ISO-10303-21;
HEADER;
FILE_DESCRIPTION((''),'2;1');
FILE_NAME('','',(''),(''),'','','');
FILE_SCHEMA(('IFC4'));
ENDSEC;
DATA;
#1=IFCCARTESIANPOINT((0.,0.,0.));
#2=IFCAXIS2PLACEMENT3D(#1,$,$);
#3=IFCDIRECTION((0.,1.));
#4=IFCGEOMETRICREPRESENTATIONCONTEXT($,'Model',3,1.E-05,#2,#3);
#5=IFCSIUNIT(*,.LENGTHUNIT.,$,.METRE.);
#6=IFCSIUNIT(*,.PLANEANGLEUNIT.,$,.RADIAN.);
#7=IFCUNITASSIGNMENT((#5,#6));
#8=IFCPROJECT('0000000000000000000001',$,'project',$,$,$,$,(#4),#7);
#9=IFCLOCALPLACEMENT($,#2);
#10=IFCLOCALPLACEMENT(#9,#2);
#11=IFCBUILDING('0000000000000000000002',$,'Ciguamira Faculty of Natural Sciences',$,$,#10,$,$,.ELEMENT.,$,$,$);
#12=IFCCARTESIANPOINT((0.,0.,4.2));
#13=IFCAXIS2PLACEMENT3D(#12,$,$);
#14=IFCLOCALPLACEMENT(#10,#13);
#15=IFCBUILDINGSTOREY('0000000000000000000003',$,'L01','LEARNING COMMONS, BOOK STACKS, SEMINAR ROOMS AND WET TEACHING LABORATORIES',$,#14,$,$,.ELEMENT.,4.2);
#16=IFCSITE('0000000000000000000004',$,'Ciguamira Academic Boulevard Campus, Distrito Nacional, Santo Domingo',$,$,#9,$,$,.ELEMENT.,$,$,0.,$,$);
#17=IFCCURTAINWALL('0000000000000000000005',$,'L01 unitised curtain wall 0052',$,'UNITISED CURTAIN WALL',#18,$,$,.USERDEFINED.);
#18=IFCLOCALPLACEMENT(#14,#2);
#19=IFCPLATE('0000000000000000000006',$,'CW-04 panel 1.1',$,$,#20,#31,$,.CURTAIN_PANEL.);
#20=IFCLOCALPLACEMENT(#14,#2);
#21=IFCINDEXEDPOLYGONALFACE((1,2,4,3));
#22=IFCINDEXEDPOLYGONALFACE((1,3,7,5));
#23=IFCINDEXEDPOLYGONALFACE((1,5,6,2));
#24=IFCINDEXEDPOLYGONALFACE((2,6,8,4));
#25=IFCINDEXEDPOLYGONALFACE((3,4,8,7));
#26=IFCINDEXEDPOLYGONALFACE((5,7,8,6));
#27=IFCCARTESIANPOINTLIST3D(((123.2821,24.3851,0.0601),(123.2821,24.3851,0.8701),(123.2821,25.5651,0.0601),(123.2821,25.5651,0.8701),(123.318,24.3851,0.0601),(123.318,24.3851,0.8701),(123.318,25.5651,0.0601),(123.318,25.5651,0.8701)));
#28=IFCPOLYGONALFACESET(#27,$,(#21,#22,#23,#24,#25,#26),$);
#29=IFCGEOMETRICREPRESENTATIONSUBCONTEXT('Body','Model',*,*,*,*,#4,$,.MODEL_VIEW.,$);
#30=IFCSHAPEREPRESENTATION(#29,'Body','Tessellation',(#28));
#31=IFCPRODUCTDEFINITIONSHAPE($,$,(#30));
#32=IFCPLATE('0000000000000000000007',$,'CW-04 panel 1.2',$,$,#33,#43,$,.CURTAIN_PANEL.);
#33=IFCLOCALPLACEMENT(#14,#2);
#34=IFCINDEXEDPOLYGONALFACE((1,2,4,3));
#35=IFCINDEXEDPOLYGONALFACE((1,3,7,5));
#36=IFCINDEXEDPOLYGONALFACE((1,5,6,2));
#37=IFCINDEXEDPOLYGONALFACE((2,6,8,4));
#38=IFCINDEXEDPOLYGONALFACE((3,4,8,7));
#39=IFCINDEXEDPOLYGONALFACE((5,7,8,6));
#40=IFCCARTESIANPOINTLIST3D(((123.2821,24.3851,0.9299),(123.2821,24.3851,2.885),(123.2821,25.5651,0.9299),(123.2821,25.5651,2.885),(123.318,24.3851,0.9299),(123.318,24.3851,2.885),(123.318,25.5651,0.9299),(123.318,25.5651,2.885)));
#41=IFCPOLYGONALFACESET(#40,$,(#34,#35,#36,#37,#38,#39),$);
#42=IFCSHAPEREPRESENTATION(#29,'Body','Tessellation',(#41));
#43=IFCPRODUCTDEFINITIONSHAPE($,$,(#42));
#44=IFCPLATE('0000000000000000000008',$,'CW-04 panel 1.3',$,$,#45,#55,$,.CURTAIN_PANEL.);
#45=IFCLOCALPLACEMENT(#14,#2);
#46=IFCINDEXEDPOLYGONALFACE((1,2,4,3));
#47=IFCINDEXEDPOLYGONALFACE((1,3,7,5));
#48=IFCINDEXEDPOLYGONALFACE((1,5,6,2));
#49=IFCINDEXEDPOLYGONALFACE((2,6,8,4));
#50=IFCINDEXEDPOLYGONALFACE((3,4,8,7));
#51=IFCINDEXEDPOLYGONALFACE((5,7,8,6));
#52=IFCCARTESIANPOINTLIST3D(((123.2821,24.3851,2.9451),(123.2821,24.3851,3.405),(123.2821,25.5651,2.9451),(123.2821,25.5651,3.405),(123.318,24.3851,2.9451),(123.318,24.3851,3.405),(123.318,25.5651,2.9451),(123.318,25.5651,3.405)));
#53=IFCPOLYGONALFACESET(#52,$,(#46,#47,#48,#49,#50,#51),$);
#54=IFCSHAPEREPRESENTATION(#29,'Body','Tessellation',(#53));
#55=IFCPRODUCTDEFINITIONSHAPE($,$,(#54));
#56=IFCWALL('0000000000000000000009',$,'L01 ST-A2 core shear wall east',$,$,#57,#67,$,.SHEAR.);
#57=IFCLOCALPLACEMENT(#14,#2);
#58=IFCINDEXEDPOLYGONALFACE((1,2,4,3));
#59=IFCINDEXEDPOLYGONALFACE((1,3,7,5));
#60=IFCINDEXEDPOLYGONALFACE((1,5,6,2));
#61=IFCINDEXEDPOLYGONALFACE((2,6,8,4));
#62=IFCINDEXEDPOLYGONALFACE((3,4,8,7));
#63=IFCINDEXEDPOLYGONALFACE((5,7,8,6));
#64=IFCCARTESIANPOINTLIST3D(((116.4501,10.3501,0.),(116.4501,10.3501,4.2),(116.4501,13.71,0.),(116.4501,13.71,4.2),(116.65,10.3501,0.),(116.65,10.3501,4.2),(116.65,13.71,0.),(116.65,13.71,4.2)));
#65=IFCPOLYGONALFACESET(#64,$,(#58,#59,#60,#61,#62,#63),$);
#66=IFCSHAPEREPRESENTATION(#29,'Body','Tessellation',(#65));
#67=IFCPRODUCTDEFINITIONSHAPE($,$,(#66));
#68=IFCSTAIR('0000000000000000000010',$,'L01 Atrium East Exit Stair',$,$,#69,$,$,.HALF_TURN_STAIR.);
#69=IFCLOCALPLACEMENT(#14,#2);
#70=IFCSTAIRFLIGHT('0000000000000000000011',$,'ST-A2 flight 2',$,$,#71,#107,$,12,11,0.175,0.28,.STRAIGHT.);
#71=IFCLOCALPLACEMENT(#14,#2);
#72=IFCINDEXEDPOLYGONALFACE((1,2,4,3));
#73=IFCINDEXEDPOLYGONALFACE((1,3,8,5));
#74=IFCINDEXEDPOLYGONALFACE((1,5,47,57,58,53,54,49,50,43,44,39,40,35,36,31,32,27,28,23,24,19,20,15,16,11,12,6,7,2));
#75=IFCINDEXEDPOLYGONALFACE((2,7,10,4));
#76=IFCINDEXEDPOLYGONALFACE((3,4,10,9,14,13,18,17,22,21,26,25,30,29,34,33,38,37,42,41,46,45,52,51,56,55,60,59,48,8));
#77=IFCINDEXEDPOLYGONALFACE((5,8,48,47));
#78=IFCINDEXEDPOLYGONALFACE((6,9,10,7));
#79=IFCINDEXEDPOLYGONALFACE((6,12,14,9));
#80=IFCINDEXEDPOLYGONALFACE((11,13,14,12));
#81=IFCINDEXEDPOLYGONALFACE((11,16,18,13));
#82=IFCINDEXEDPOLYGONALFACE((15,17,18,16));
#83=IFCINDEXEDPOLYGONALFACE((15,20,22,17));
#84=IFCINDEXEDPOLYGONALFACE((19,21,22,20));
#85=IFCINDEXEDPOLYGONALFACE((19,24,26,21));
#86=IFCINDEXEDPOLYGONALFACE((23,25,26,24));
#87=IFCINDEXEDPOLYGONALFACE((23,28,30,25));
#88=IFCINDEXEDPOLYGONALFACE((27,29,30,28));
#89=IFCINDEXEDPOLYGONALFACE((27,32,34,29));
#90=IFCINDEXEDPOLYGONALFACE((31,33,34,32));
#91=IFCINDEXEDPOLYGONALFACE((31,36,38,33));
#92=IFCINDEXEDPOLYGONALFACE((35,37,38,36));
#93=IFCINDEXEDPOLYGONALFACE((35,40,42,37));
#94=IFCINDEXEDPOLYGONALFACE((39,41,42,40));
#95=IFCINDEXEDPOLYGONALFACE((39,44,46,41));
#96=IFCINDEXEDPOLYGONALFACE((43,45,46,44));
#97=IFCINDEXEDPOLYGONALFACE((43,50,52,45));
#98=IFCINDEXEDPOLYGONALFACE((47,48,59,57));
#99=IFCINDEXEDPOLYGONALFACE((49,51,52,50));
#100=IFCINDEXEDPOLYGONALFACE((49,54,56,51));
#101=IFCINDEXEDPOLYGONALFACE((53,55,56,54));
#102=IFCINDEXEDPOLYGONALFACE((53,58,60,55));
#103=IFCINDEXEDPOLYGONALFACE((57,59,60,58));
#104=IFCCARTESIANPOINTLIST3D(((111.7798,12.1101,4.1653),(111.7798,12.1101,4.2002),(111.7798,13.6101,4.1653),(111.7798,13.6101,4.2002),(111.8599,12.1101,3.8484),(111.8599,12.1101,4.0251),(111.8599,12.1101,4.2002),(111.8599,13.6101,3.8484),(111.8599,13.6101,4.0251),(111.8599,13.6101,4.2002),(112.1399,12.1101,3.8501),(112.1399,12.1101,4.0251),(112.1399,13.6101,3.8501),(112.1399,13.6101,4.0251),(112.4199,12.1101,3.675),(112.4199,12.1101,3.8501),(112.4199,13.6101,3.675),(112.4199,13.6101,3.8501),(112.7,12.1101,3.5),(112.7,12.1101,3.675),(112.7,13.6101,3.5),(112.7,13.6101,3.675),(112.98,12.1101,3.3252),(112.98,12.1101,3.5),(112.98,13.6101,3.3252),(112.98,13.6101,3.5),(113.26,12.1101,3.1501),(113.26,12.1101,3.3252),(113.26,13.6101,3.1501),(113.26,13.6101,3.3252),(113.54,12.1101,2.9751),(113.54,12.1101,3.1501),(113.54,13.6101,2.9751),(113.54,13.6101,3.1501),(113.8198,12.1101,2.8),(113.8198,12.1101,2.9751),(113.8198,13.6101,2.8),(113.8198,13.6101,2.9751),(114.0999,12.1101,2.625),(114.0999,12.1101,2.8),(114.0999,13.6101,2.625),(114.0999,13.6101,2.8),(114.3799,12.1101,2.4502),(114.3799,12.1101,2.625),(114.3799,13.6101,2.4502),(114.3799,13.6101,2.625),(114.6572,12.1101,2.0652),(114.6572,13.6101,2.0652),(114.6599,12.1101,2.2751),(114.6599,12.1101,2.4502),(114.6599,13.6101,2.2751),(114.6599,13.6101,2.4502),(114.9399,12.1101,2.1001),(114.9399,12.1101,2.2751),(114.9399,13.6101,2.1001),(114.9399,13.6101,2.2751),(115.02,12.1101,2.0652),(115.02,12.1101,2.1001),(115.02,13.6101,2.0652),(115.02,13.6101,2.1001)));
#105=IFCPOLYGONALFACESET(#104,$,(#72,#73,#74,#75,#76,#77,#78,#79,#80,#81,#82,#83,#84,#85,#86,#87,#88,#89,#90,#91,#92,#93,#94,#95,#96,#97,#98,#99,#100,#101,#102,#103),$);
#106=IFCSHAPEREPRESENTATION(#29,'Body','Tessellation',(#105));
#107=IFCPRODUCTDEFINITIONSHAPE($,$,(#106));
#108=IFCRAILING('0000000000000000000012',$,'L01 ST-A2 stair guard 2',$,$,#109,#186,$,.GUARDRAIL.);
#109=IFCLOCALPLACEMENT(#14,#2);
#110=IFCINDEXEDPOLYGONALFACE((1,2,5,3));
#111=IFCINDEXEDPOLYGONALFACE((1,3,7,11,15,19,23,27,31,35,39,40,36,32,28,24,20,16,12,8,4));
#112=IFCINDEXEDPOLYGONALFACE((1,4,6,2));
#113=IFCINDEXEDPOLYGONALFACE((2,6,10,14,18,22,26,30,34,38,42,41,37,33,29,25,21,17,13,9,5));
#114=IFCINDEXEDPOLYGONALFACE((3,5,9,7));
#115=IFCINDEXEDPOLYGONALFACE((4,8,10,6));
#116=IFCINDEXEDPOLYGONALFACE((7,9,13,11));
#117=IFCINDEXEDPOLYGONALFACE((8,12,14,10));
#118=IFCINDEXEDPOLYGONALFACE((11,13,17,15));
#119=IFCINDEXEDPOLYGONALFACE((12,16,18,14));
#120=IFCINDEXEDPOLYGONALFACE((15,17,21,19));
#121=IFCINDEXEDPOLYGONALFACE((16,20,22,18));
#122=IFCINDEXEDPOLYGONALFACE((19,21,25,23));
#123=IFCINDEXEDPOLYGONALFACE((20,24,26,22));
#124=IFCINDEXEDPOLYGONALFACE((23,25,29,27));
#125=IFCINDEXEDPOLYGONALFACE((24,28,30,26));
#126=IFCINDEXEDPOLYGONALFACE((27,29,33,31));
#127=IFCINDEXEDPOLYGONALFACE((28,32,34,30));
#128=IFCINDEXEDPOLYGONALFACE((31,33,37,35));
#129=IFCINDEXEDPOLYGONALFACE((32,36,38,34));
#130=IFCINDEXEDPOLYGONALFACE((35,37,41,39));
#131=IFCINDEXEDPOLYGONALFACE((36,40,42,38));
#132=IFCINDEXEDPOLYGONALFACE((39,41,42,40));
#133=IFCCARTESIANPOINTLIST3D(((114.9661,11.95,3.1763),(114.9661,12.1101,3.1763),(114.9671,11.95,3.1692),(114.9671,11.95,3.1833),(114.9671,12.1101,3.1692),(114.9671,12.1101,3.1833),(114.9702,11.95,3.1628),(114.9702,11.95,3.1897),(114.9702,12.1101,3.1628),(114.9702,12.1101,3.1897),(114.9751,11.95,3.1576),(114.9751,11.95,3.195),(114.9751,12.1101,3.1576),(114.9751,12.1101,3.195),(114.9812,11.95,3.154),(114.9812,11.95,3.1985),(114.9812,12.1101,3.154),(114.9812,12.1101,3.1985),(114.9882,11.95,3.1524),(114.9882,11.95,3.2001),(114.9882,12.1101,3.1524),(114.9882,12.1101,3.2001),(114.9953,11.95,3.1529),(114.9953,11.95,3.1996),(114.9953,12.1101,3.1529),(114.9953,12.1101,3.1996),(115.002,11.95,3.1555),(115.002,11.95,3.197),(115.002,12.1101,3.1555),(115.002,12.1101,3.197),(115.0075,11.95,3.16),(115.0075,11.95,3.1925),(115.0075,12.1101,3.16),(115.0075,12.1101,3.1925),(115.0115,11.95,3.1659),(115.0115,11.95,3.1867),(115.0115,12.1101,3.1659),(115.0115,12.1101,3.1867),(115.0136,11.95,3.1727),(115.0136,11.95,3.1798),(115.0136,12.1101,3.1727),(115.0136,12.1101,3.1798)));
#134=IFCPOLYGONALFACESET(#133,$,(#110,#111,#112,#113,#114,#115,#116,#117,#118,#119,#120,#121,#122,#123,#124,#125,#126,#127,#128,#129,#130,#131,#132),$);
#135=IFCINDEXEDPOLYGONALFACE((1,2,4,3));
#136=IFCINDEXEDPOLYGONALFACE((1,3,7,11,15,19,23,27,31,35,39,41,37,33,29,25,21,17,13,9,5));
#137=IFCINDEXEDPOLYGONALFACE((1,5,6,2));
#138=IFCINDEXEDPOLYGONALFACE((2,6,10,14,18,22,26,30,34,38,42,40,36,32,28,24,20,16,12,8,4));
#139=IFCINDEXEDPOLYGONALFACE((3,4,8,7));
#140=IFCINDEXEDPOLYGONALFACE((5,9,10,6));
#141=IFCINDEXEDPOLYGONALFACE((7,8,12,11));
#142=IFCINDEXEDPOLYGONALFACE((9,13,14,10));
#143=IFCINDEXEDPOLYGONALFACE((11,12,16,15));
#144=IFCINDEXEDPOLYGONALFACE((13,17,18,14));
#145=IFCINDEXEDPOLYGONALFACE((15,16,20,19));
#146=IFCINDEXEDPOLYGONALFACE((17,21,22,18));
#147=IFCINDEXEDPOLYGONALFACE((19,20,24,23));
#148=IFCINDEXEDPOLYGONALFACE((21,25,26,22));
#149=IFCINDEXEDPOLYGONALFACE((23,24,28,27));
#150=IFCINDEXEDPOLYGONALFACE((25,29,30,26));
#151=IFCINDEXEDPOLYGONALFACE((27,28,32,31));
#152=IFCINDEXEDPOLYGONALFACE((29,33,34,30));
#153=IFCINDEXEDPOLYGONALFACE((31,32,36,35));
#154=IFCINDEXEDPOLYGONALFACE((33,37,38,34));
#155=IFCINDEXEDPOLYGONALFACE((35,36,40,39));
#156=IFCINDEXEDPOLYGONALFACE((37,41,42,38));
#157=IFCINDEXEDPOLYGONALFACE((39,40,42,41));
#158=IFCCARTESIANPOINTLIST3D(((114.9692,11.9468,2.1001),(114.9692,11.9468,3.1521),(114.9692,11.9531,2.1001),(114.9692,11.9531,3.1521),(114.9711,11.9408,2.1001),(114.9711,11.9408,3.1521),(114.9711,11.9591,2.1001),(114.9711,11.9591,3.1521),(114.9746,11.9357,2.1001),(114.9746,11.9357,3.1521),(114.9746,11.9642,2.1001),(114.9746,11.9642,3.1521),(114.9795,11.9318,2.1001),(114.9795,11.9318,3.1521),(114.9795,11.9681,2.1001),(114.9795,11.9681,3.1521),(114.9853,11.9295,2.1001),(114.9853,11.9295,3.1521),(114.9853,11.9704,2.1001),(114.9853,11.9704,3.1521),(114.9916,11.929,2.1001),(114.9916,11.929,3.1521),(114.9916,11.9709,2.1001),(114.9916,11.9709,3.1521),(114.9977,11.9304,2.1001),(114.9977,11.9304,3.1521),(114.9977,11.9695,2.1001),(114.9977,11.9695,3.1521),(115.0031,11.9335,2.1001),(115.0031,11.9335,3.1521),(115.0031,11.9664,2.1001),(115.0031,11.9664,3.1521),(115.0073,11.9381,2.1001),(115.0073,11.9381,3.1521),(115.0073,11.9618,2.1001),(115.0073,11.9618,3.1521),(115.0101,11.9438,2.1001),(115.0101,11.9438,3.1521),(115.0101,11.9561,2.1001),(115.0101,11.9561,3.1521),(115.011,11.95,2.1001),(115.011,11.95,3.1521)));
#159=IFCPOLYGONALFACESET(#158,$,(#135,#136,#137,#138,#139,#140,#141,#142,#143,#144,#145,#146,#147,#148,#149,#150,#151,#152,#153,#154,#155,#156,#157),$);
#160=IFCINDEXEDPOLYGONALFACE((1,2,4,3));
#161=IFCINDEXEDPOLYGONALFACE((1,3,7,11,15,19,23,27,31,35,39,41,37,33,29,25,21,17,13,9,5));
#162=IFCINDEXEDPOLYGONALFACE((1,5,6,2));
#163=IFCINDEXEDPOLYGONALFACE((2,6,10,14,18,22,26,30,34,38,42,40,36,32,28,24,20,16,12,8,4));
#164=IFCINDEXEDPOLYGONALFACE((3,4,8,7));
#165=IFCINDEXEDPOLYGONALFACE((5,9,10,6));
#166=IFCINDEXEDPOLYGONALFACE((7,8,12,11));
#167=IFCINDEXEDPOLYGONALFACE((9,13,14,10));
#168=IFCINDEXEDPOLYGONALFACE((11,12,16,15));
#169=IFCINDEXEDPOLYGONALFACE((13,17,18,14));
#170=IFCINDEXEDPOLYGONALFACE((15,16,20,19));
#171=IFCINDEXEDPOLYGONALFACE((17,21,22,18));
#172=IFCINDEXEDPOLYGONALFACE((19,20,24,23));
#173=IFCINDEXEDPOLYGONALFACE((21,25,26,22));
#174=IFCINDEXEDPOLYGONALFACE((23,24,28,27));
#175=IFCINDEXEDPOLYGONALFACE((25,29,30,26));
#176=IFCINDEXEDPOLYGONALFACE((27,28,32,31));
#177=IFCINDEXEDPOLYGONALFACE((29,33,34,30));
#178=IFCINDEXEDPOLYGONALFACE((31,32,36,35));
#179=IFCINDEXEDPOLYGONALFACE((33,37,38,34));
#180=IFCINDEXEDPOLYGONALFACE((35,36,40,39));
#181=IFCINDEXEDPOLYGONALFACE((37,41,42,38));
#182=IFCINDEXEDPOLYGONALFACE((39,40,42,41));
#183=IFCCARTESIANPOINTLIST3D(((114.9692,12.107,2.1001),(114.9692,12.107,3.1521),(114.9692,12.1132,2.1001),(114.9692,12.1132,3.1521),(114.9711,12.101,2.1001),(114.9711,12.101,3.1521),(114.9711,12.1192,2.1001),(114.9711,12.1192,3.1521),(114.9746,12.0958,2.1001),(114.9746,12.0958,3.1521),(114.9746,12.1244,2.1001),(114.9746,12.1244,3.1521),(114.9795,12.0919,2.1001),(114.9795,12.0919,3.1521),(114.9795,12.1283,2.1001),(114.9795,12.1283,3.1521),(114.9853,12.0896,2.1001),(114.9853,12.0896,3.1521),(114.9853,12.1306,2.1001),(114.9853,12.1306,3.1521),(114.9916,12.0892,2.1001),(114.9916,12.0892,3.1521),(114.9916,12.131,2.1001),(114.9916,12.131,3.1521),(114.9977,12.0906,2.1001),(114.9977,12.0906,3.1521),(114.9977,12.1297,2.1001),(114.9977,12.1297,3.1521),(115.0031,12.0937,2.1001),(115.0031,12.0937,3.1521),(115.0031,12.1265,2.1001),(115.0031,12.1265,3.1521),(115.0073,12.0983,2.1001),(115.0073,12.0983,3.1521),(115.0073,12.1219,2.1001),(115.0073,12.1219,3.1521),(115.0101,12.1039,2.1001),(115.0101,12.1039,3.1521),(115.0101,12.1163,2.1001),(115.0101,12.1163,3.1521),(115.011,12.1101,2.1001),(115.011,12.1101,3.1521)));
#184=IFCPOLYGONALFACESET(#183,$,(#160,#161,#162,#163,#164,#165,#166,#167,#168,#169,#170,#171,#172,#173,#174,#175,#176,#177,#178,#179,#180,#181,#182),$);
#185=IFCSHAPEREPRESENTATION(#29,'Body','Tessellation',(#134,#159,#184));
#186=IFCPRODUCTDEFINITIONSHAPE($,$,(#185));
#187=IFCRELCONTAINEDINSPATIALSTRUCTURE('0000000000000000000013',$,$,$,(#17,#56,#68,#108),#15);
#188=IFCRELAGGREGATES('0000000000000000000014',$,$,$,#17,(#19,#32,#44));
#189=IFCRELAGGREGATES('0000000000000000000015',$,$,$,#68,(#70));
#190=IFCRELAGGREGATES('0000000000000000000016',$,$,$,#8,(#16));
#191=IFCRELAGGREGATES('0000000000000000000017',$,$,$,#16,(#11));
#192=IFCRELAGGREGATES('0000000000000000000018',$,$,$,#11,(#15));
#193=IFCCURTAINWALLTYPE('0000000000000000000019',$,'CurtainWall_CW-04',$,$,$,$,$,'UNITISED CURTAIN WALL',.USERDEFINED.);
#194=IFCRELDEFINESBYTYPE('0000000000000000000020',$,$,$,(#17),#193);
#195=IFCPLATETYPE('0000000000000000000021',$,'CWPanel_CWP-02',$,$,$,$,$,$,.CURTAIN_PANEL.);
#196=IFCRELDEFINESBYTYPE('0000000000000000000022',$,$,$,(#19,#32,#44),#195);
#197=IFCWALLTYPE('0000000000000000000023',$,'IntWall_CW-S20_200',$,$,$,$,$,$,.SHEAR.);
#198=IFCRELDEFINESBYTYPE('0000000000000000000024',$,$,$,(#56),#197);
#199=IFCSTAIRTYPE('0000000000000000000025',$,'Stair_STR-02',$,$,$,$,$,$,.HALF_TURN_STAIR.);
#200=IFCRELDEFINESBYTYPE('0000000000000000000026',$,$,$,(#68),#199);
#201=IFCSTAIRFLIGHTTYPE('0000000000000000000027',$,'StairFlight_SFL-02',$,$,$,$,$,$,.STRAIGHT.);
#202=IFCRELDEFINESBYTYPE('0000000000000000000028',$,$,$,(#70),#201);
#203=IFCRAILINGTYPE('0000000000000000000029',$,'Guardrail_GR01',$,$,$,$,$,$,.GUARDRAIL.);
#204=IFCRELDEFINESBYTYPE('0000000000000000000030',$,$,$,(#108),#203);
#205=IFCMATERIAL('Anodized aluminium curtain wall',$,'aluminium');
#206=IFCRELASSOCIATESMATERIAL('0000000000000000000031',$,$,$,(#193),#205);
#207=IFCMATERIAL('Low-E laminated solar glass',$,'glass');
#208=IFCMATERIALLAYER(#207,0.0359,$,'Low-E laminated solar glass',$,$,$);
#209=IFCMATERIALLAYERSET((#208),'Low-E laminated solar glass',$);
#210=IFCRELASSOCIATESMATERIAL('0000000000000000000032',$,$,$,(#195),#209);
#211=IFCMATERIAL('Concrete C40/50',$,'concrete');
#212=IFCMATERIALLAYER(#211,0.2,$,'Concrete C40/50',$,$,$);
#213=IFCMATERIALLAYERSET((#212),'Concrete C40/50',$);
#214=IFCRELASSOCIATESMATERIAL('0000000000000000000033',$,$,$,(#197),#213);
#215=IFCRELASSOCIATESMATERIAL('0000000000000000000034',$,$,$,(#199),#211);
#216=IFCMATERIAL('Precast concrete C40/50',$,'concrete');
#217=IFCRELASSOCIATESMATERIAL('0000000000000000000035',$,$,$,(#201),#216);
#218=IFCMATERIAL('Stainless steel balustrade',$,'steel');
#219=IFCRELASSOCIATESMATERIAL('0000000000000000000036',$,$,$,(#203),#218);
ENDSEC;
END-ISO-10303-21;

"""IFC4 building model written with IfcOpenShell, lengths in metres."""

from ifc_helpers import new_model, si_unit, direction, frame, frame_2d, origin, origin_2d, place, context, subcontext, project, spatial, polyline, rectangle, circle, outline, extrude, material, layer, layer_set, type_object, element, aggregate, save


model = new_model("IFC4")

# Units and contexts
model_context = context("Model", 3, precision=1e-05, world=origin(), true_north=direction((0.0, 1.0)))
body_context = subcontext(model_context, "Body", "Model", "MODEL_VIEW")
ifc_project = project(units=[si_unit("LENGTHUNIT", "METRE"), si_unit("PLANEANGLEUNIT", "RADIAN")], contexts=[model_context])

# Site, building, storey
site_placement = place(None, origin())
site = spatial("IfcSite", under=ifc_project, at=site_placement, Name="Ciguamira Academic Boulevard Campus, Distrito Nacional, Santo Domingo", CompositionType="ELEMENT", RefElevation=0.0)
building_placement = place(site_placement, origin())
building = spatial("IfcBuilding", under=site, at=building_placement, Name="Ciguamira Faculty of Natural Sciences", CompositionType="ELEMENT")
storey_placement = place(building_placement, frame((0.0, 0.0, 4.2)))
storey = spatial("IfcBuildingStorey", under=building, at=storey_placement, Name="L01", Description="LEARNING COMMONS, BOOK STACKS, SEMINAR ROOMS AND WET TEACHING LABORATORIES", CompositionType="ELEMENT", Elevation=4.2)

# Shared definitions
ifc_material_1 = material(Name="Concrete C40/50", Category="concrete")

# Curtain wall
ifc_material_2 = material(Name="Anodized aluminium curtain wall", Category="aluminium")
curtain_wall_type_1 = type_object("IfcCurtainWallType", Name="CurtainWall_CW-04", ElementType="UNITISED CURTAIN WALL", PredefinedType="USERDEFINED", material=ifc_material_2)
curtain_wall_1_placement = place(storey_placement, origin())
curtain_wall_1 = element("IfcCurtainWall", 1, at=curtain_wall_1_placement, inside=storey, type_object=curtain_wall_type_1, Name="L01 unitised curtain wall 0052", ObjectType="UNITISED CURTAIN WALL", PredefinedType="USERDEFINED")

# Shared definitions
ifc_material_3 = material(Name="Precast concrete C40/50", Category="concrete")

# Plates
ifc_material_4 = material(Name="Low-E laminated solar glass", Category="glass")
ifc_layer_1 = layer(ifc_material_4, 0.0359, Name="Low-E laminated solar glass")
ifc_layer_set_1 = layer_set([ifc_layer_1], Name="Low-E laminated solar glass")
plate_type_1 = type_object("IfcPlateType", Name="CWPanel_CWP-02", PredefinedType="CURTAIN_PANEL", material=ifc_layer_set_1)
plate_1_placement = place(storey_placement, frame((123.3, 24.9751, 0.0601), z_axis=(0.0, 0.0, 1.0), x_axis=(0.0, 1.0, 0.0)))
plate_1 = element("IfcPlate", 2, at=plate_1_placement, type_object=plate_type_1, Name="CW-04 panel 1.1", PredefinedType="CURTAIN_PANEL", context=body_context, shape_type="SweptSolid", body=[
    extrude(rectangle(XDim=1.1799, YDim=0.0359, at=origin_2d()), origin(), (0.0, 0.0, 1.0), 0.8101),
])
plate_2_placement = place(storey_placement, frame((123.3, 24.9751, 0.9299), z_axis=(0.0, 0.0, 1.0), x_axis=(0.0, 1.0, 0.0)))
plate_2 = element("IfcPlate", 3, at=plate_2_placement, type_object=plate_type_1, Name="CW-04 panel 1.2", PredefinedType="CURTAIN_PANEL", context=body_context, shape_type="SweptSolid", body=[
    extrude(rectangle(XDim=1.1799, YDim=0.0359, at=origin_2d()), origin(), (0.0, 0.0, 1.0), 1.9551),
])
plate_3_placement = place(storey_placement, frame((123.3, 24.9751, 2.9451), z_axis=(0.0, 0.0, 1.0), x_axis=(0.0, 1.0, 0.0)))
plate_3 = element("IfcPlate", 4, at=plate_3_placement, type_object=plate_type_1, Name="CW-04 panel 1.3", PredefinedType="CURTAIN_PANEL", context=body_context, shape_type="SweptSolid", body=[
    extrude(rectangle(XDim=1.1799, YDim=0.0359, at=origin_2d()), origin(), (0.0, 0.0, 1.0), 0.46),
])
aggregate(curtain_wall_1, [plate_1, plate_2, plate_3])

# Wall
ifc_layer_2 = layer(ifc_material_1, 0.2, Name="Concrete C40/50")
ifc_layer_set_2 = layer_set([ifc_layer_2], Name="Concrete C40/50")
wall_type = type_object("IfcWallType", Name="IntWall_CW-S20_200", PredefinedType="SHEAR", material=ifc_layer_set_2)
wall_placement = place(storey_placement, frame((116.55, 10.3501, 0.0), z_axis=(0.0, 0.0, 1.0), x_axis=(0.0, 1.0, 0.0)))
element("IfcWall", 5, at=wall_placement, inside=storey, type_object=wall_type, Name="L01 ST-A2 core shear wall east", PredefinedType="SHEAR", context=body_context, shape_type="SweptSolid", body=[
    extrude(rectangle(XDim=3.3599, YDim=0.2, at=frame_2d((1.6799, 0.0))), origin(), (0.0, 0.0, 1.0), 4.2),
])

# Stair, stair flight
stair_type = type_object("IfcStairType", Name="Stair_STR-02", PredefinedType="HALF_TURN_STAIR", material=ifc_material_1)
stair_placement = place(storey_placement, origin())
stair = element("IfcStair", 6, at=stair_placement, inside=storey, type_object=stair_type, Name="L01 Atrium East Exit Stair", PredefinedType="HALF_TURN_STAIR")
stair_flight_type = type_object("IfcStairFlightType", Name="StairFlight_SFL-02", PredefinedType="STRAIGHT", material=ifc_material_3)
stair_flight_placement = place(storey_placement, frame((114.9399, 12.8601, 2.1001), z_axis=(0.0, 0.0, 1.0), x_axis=(-1.0, 0.0, 0.0)))
stair_flight = element("IfcStairFlight", 7, at=stair_flight_placement, type_object=stair_flight_type, Name="ST-A2 flight 2", NumberOfRisers=12, NumberOfTreads=11, PredefinedType="STRAIGHT", RiserHeight=0.175, TreadLength=0.28, context=body_context, shape_type="SweptSolid", body=[
    extrude(outline(polyline([(-0.0801, -0.0349), (-0.0801, 0.0), (0.0, 0.0), (0.0, 0.175), (0.28, 0.175), (0.28, 0.3501), (0.5601, 0.3501), (0.5601, 0.5249), (0.8401, 0.5249), (0.8401, 0.7), (1.1201, 0.7), (1.1201, 0.875), (1.3999, 0.875), (1.3999, 1.05), (1.6799, 1.05), (1.6799, 1.2251), (1.96, 1.2251), (1.96, 1.3999), (2.24, 1.3999), (2.24, 1.575), (2.52, 1.575), (2.52, 1.75), (2.8, 1.75), (2.8, 1.925), (3.0801, 1.925), (3.0801, 2.1001), (3.1602, 2.1001), (3.1602, 2.0652), (3.0801, 1.7483), (0.2827, -0.0349), (-0.0801, -0.0349)])), frame((0.0, 0.75, 0.0), z_axis=(0.0, -1.0, 0.0), x_axis=(1.0, 0.0, 0.0)), (0.0, 0.0, 1.0), 1.5),
])
aggregate(stair, [stair_flight])

# Railing
ifc_material_5 = material(Name="Stainless steel balustrade", Category="steel")
railing_type_1 = type_object("IfcRailingType", Name="Guardrail_GR01", PredefinedType="GUARDRAIL", material=ifc_material_5)
railing_1_placement = place(storey_placement, frame((114.99, 11.95, 2.1001)))
element("IfcRailing", 8, at=railing_1_placement, inside=storey, type_object=railing_type_1, Name="L01 ST-A2 stair guard 2", PredefinedType="GUARDRAIL", context=body_context, shape_type="SweptSolid", body=[
    extrude(circle(Radius=0.0239, at=origin_2d()), frame((0.0, 0.0, 1.0762), z_axis=(0.0, 1.0, 0.0), x_axis=(-1.0, 0.0, 0.0)), (0.0, 0.0, 1.0), 0.1602),
    extrude(circle(Radius=0.021, at=origin_2d()), origin(), (0.0, 0.0, 1.0), 1.052),
    extrude(circle(Radius=0.021, at=origin_2d()), frame((0.0, 0.1602, 0.0)), (0.0, 0.0, 1.0), 1.052),
])

save(model, "model.ifc")
